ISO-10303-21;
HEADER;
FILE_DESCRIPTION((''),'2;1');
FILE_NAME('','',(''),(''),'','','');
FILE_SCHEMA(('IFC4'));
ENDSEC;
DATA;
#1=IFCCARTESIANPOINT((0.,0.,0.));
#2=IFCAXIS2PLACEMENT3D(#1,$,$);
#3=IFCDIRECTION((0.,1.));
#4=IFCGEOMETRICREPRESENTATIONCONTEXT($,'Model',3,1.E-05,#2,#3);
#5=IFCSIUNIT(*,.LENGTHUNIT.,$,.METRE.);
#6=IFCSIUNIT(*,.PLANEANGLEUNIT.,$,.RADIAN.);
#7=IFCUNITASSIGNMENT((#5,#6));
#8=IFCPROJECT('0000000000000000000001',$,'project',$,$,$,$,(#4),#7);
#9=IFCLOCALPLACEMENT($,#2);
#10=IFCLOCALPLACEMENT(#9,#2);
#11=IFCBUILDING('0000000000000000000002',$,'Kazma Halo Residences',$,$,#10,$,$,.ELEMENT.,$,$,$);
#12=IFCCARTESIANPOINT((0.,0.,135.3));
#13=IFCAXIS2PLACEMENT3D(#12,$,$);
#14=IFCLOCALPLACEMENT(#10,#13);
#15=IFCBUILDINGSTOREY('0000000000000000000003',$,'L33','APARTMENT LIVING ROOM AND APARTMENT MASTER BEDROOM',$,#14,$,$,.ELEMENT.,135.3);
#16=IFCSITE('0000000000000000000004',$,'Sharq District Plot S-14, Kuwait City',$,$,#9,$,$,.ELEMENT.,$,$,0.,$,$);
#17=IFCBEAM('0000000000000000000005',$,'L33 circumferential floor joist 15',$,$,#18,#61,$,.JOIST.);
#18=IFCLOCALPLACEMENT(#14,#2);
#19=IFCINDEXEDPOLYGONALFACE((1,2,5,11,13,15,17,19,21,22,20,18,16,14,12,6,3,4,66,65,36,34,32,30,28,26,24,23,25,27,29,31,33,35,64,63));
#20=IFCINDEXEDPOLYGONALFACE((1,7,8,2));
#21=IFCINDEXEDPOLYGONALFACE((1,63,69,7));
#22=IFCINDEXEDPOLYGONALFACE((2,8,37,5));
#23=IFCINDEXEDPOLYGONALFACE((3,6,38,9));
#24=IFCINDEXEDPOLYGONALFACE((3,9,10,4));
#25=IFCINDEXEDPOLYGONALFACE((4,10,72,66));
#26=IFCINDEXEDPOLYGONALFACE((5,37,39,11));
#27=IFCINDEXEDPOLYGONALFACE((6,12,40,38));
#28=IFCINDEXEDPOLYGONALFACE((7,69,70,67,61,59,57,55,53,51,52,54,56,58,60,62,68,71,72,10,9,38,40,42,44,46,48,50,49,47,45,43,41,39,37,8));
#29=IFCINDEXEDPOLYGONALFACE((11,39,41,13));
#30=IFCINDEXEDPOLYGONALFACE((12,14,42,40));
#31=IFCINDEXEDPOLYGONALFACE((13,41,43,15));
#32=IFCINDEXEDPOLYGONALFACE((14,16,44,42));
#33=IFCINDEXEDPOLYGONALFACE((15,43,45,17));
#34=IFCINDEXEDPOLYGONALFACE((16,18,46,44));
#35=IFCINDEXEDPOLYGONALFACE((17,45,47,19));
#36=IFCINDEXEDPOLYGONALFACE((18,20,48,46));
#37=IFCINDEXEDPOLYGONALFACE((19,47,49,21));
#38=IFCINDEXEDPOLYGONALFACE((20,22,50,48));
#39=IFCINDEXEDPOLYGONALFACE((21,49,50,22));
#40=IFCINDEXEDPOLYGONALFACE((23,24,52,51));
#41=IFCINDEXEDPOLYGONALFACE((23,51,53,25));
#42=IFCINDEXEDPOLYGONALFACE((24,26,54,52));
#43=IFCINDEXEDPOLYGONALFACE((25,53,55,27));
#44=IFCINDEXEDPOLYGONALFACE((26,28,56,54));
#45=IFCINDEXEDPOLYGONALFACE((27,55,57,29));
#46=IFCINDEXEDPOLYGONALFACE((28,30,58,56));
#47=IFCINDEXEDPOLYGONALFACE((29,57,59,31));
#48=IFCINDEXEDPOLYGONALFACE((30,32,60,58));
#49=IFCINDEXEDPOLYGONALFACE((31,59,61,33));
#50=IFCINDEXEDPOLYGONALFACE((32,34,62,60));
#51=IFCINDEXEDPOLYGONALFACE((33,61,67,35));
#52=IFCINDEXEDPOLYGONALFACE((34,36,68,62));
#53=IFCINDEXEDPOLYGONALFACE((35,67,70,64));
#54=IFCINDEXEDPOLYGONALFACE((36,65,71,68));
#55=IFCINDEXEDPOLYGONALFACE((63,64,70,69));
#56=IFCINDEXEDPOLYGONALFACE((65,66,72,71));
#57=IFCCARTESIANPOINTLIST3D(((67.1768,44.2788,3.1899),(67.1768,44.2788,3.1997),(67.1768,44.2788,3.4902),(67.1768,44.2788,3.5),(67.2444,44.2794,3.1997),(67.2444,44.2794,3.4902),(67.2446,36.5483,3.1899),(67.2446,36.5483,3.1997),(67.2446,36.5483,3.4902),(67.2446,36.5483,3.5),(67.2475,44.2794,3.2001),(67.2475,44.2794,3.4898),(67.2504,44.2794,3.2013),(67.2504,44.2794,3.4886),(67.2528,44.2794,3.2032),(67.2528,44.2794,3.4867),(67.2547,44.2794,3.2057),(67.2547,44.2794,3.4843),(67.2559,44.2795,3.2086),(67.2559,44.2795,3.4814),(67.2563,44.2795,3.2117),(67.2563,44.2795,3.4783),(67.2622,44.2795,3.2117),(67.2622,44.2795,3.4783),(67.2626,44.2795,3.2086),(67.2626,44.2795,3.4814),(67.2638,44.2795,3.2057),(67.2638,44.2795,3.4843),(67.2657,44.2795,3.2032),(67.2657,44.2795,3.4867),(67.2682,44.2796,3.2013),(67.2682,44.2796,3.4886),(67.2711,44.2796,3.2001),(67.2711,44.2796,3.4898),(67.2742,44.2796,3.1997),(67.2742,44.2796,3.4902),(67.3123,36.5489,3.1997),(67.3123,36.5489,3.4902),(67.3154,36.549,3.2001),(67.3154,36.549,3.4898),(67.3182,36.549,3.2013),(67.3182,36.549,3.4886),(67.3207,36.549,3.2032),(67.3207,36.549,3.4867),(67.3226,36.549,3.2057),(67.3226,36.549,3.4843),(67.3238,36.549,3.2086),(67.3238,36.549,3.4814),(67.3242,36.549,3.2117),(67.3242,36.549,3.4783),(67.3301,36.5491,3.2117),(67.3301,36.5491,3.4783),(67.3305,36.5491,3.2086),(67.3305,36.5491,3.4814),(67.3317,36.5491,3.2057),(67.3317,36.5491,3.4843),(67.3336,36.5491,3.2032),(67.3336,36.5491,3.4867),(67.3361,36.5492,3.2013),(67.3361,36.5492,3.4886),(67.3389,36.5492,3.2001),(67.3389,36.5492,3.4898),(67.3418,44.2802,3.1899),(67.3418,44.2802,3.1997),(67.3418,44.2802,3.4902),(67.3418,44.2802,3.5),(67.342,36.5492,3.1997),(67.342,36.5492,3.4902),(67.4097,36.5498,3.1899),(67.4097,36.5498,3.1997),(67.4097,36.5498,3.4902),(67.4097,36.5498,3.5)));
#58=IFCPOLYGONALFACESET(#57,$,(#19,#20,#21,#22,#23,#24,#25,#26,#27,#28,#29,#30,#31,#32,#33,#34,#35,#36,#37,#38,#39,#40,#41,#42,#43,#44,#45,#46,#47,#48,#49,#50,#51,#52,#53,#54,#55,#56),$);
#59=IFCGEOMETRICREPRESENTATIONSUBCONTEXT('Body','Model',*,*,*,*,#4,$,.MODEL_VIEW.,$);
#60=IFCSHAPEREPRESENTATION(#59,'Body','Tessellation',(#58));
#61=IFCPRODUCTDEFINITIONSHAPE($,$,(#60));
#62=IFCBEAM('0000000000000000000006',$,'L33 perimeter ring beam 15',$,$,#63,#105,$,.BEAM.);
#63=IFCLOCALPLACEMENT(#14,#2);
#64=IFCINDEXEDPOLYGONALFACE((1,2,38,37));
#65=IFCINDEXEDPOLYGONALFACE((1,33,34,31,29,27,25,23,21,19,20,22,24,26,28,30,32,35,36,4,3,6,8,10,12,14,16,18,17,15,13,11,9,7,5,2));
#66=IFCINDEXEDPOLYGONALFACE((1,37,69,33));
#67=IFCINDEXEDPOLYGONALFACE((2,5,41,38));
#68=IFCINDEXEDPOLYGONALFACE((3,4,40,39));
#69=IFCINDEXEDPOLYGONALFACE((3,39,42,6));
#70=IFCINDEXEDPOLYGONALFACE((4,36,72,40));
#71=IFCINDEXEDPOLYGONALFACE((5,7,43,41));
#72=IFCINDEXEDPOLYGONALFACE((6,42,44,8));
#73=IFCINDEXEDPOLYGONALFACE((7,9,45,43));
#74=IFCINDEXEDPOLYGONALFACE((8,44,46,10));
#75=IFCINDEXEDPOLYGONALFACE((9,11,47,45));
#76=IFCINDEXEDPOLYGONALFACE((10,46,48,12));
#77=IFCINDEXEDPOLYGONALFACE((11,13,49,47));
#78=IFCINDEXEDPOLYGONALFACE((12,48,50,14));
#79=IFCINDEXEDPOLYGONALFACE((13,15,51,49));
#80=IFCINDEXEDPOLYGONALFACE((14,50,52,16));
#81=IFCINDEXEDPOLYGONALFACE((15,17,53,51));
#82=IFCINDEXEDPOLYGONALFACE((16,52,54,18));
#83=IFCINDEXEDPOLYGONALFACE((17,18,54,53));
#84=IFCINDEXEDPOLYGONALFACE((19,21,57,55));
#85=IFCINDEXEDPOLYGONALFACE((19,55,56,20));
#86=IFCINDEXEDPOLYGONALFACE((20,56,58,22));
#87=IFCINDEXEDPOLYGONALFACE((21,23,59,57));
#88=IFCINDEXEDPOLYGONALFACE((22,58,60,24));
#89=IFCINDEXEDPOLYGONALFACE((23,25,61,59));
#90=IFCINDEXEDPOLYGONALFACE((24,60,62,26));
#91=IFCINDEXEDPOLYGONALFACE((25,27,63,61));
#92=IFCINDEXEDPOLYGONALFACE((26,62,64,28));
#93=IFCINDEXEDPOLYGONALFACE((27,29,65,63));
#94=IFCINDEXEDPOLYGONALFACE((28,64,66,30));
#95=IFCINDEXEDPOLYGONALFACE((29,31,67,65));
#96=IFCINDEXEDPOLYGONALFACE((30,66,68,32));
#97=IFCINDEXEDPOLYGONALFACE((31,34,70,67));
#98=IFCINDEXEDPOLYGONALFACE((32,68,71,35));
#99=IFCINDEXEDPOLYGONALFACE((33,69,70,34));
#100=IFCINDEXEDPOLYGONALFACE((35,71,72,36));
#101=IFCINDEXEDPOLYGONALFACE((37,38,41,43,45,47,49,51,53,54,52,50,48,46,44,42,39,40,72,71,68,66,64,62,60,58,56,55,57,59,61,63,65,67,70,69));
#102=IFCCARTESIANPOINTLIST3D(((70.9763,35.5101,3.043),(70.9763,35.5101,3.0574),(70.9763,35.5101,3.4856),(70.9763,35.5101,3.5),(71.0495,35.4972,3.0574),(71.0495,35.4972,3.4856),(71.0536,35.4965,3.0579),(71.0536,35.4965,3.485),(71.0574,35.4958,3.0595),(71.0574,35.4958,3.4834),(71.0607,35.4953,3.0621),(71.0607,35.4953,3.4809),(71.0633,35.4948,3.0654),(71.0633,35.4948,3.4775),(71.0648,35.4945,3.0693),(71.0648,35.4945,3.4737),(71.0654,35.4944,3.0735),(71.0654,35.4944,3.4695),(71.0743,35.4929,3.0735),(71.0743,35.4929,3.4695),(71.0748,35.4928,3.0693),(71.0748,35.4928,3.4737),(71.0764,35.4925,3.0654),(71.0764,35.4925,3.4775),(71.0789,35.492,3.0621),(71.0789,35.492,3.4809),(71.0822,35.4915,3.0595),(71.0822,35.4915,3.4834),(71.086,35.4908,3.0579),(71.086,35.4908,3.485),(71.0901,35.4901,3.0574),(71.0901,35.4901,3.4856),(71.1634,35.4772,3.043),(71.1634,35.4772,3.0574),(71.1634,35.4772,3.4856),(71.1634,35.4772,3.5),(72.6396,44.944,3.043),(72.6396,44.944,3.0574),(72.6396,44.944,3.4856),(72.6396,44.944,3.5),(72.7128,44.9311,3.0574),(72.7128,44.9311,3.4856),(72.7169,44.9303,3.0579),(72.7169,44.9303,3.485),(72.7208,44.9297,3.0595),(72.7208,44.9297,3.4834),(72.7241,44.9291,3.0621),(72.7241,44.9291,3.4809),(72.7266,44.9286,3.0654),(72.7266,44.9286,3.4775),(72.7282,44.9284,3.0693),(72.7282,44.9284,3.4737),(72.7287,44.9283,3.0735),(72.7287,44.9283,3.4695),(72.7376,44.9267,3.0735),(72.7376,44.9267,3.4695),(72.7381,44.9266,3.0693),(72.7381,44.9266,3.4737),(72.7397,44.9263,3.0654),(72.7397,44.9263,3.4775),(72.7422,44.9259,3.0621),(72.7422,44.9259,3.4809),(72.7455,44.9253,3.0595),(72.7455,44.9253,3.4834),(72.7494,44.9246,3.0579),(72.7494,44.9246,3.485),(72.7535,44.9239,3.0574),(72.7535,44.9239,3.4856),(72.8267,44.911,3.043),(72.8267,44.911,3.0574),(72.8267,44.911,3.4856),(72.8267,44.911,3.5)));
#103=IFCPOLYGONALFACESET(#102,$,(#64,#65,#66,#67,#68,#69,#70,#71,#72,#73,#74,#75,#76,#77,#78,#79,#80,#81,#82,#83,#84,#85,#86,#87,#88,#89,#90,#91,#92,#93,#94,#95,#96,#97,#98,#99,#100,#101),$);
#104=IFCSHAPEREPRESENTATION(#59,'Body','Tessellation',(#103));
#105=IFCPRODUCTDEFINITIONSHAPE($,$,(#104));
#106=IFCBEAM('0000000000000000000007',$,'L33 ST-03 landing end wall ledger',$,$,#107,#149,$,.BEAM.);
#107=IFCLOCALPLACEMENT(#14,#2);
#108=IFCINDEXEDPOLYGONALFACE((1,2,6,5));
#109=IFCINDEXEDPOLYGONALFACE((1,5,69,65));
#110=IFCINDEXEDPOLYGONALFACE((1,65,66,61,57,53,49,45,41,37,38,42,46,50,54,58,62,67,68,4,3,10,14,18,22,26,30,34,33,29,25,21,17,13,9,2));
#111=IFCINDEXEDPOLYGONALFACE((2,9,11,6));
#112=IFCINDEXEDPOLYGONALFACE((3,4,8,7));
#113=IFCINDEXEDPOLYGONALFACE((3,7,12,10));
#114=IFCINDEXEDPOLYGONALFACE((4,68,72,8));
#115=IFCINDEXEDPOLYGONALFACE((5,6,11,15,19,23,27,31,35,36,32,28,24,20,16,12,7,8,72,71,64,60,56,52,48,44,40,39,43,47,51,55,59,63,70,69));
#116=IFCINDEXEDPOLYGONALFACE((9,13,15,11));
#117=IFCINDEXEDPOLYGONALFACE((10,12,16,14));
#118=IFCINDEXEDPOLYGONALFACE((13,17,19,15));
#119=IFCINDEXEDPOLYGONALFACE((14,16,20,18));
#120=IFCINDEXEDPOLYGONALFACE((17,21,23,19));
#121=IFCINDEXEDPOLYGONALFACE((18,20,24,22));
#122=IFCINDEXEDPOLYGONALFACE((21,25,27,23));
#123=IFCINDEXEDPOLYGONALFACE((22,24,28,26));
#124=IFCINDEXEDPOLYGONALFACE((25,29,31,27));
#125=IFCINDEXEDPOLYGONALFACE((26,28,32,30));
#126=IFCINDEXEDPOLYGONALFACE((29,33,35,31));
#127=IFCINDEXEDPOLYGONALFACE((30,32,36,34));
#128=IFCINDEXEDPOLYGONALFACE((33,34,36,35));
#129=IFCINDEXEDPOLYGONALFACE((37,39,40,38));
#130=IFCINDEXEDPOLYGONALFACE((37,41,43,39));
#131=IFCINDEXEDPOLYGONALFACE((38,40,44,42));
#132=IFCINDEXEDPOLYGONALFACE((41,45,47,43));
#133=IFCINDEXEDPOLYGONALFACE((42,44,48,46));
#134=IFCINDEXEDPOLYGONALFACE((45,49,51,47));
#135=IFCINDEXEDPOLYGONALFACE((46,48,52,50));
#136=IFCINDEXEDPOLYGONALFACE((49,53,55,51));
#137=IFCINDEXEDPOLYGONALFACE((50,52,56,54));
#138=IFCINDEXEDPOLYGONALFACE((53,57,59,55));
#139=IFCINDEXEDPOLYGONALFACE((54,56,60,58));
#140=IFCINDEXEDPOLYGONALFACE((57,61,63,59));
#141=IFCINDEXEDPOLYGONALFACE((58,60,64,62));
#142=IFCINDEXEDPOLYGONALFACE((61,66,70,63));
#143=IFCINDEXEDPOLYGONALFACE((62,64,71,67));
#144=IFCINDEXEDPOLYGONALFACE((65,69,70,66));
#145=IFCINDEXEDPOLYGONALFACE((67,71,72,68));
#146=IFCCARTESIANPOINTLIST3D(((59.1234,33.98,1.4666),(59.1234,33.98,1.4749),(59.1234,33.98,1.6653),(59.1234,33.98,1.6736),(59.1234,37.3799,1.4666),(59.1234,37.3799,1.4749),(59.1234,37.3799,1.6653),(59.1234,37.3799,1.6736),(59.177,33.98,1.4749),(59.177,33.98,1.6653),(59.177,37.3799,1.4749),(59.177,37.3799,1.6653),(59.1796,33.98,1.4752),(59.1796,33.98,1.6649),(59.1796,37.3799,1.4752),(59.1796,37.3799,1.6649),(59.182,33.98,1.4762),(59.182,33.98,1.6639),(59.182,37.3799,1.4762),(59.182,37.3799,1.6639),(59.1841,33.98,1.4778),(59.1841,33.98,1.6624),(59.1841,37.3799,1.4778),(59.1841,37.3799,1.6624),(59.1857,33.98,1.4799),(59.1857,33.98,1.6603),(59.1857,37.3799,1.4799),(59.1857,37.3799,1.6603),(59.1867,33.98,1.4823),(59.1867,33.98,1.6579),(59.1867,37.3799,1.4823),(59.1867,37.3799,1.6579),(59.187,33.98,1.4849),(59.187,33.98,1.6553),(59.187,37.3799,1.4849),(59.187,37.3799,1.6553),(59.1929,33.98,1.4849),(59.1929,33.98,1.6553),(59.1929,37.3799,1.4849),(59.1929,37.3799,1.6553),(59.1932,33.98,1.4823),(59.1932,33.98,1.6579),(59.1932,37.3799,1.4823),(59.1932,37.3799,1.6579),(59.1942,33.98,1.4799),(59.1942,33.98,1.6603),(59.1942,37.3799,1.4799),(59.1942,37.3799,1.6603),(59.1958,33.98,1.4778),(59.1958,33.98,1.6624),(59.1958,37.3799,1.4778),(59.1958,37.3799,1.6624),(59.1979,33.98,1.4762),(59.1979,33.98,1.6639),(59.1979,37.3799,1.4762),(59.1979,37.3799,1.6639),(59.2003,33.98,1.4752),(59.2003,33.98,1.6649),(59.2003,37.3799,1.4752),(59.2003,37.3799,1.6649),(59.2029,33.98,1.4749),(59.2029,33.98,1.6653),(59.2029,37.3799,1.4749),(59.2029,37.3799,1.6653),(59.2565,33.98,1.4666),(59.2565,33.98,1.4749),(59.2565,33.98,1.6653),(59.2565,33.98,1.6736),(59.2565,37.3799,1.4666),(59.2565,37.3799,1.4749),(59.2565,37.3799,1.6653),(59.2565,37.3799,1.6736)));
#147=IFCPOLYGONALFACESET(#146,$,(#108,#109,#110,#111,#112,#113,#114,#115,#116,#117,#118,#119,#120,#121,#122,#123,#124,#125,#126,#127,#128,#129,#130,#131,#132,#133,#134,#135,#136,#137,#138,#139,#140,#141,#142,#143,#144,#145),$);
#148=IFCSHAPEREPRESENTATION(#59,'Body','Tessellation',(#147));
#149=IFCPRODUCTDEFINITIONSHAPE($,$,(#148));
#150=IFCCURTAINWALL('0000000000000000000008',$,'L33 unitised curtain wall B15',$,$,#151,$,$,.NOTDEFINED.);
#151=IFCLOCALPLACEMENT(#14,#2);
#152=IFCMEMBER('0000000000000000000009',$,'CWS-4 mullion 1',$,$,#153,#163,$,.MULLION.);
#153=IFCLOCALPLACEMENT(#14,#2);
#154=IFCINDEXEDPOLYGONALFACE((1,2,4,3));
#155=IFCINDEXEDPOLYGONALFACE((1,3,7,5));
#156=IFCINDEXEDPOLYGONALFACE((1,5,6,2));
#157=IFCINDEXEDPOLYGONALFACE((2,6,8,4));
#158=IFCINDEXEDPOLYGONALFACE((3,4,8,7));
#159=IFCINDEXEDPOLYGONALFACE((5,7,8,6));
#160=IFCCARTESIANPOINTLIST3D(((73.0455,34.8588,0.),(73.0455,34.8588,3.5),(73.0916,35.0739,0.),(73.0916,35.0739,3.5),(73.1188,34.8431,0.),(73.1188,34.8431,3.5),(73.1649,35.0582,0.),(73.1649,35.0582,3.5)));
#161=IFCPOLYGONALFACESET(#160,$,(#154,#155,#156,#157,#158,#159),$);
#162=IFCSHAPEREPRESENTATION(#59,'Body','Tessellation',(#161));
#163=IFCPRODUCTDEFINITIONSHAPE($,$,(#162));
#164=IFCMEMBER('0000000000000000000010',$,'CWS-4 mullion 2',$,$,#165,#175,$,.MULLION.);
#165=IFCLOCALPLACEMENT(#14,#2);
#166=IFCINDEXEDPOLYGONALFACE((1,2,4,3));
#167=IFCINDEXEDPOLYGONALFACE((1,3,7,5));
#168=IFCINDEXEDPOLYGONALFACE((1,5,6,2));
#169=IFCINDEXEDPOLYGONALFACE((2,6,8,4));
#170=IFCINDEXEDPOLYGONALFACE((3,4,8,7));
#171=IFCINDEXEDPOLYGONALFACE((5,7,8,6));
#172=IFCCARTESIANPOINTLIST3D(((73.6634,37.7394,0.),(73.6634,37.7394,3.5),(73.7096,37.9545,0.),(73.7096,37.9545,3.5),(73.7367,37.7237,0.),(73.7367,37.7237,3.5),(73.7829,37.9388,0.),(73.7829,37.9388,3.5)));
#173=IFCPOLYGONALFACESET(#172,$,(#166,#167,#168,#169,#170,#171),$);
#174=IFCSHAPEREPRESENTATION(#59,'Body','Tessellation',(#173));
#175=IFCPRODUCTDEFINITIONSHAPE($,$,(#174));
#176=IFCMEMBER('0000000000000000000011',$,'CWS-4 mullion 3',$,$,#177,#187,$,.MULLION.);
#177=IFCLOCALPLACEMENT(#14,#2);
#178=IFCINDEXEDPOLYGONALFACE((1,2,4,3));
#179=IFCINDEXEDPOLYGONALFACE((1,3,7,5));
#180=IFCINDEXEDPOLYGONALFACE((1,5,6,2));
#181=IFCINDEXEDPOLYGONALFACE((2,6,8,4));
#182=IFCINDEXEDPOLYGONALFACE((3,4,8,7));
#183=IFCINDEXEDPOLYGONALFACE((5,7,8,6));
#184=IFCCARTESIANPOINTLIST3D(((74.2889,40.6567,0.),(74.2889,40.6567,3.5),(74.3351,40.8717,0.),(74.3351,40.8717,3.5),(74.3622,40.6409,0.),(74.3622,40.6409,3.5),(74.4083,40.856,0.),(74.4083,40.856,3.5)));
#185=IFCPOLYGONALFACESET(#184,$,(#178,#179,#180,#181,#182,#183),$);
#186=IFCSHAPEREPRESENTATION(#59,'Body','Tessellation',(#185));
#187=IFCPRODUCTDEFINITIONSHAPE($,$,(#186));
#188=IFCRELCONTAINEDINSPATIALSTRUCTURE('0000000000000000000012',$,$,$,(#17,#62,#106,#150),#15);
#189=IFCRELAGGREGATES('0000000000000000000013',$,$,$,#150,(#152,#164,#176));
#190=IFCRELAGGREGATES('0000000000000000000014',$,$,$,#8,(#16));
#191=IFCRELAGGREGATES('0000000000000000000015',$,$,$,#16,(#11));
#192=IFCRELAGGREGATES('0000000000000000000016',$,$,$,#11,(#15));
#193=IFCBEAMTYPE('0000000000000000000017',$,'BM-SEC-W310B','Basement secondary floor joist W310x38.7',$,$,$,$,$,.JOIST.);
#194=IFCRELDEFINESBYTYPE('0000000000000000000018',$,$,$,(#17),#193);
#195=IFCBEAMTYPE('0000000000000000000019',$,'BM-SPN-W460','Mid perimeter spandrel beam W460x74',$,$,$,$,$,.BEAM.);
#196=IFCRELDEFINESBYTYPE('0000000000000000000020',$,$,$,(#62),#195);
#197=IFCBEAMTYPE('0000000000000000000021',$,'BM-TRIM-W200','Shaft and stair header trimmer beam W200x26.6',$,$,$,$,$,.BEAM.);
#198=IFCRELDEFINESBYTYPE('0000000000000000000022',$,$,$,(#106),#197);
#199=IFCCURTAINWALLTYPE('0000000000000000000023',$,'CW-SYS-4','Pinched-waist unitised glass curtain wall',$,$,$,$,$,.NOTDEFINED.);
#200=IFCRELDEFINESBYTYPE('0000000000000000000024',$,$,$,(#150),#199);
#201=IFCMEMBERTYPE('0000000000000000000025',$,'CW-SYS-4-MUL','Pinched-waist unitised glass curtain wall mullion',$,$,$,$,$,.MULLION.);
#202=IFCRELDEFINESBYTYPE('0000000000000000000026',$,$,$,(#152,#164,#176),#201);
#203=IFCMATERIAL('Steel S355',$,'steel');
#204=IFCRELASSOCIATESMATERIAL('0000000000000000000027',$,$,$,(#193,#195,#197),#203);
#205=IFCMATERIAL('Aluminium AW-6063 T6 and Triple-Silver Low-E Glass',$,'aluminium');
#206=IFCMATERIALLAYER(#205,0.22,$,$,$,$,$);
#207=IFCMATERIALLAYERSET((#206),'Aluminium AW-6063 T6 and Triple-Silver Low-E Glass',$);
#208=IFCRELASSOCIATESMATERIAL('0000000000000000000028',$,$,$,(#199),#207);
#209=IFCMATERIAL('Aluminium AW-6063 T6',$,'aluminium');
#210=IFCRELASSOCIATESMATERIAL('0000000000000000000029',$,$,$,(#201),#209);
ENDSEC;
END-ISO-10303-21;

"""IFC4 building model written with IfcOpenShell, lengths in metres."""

from ifc_helpers import new_model, si_unit, direction, frame, origin, origin_2d, place, context, subcontext, project, spatial, rectangle, i_section, extrude, material, layer, layer_set, material_profile, profile_set, type_object, element, aggregate, save


model = new_model("IFC4")

# Units and contexts
model_context = context("Model", 3, precision=1e-05, world=origin(), true_north=direction((0.0, 1.0)))
body_context = subcontext(model_context, "Body", "Model", "MODEL_VIEW")
ifc_project = project(units=[si_unit("LENGTHUNIT", "METRE"), si_unit("PLANEANGLEUNIT", "RADIAN")], contexts=[model_context])

# Site, building, storey
site_placement = place(None, origin())
site = spatial("IfcSite", under=ifc_project, at=site_placement, Name="Sharq District Plot S-14, Kuwait City", CompositionType="ELEMENT", RefElevation=0.0)
building_placement = place(site_placement, origin())
building = spatial("IfcBuilding", under=site, at=building_placement, Name="Kazma Halo Residences", CompositionType="ELEMENT")
storey_placement = place(building_placement, frame((0.0, 0.0, 135.3)))
storey = spatial("IfcBuildingStorey", under=building, at=storey_placement, Name="L33", Description="APARTMENT LIVING ROOM AND APARTMENT MASTER BEDROOM", CompositionType="ELEMENT", Elevation=135.3)

# Beams
ifc_material_1 = material(Name="Steel S355", Category="steel")
ifc_material_profile_1 = material_profile(ifc_material_1, i_section(OverallWidth=0.165, OverallDepth=0.3101, WebThickness=0.0059, FlangeThickness=0.0098, FilletRadius=0.012, at=origin_2d()), Name="W310x38.7")
ifc_profile_set_1 = profile_set([ifc_material_profile_1], Name="Steel S355")
beam_type_1 = type_object("IfcBeamType", Name="BM-SEC-W310B", Description="Basement secondary floor joist W310x38.7", PredefinedType="JOIST", material=ifc_profile_set_1)
beam_1_placement = place(storey_placement, frame((67.3271, 36.5491, 3.345), z_axis=(-0.008779, 0.999961, 0.0), x_axis=(-0.999961, -0.008779, 0.0)))
element("IfcBeam", 1, at=beam_1_placement, inside=storey, type_object=beam_type_1, Name="L33 circumferential floor joist 15", PredefinedType="JOIST", context=body_context, shape_type="SweptSolid", body=[
    extrude(i_section(OverallWidth=0.165, OverallDepth=0.3101, WebThickness=0.0059, FlangeThickness=0.0098, FilletRadius=0.012, at=origin_2d()), origin(), (0.0, 0.0, 1.0), 7.7307),
])
ifc_material_profile_2 = material_profile(ifc_material_1, i_section(OverallWidth=0.1899, OverallDepth=0.457, WebThickness=0.009, FlangeThickness=0.0144, FilletRadius=0.0161, at=origin_2d()), Name="W460x74")
ifc_profile_set_2 = profile_set([ifc_material_profile_2], Name="Steel S355")
beam_type_2 = type_object("IfcBeamType", Name="BM-SPN-W460", Description="Mid perimeter spandrel beam W460x74", PredefinedType="BEAM", material=ifc_profile_set_2)
beam_2_placement = place(storey_placement, frame((71.0698, 35.4937, 3.2715), z_axis=(0.173637, 0.98481, 0.0), x_axis=(-0.98481, 0.173637, 0.0)))
element("IfcBeam", 2, at=beam_2_placement, inside=storey, type_object=beam_type_2, Name="L33 perimeter ring beam 15", PredefinedType="BEAM", context=body_context, shape_type="SweptSolid", body=[
    extrude(i_section(OverallWidth=0.1899, OverallDepth=0.457, WebThickness=0.009, FlangeThickness=0.0144, FilletRadius=0.0161, at=origin_2d()), origin(), (0.0, 0.0, 1.0), 9.5793),
])
ifc_material_profile_3 = material_profile(ifc_material_1, i_section(OverallWidth=0.1331, OverallDepth=0.207, WebThickness=0.0059, FlangeThickness=0.0083, FilletRadius=0.01, at=origin_2d()), Name="W200x26.6")
ifc_profile_set_3 = profile_set([ifc_material_profile_3], Name="Steel S355")
beam_type_3 = type_object("IfcBeamType", Name="BM-TRIM-W200", Description="Shaft and stair header trimmer beam W200x26.6", PredefinedType="BEAM", material=ifc_profile_set_3)
beam_3_placement = place(storey_placement, frame((59.1899, 33.98, 1.5701), z_axis=(0.0, 1.0, 0.0), x_axis=(-1.0, 0.0, 0.0)))
element("IfcBeam", 3, at=beam_3_placement, inside=storey, type_object=beam_type_3, Name="L33 ST-03 landing end wall ledger", PredefinedType="BEAM", context=body_context, shape_type="SweptSolid", body=[
    extrude(i_section(OverallWidth=0.1331, OverallDepth=0.207, WebThickness=0.0059, FlangeThickness=0.0083, FilletRadius=0.01, at=origin_2d()), origin(), (0.0, 0.0, 1.0), 3.3999),
])

# Curtain wall, members
ifc_material_2 = material(Name="Aluminium AW-6063 T6 and Triple-Silver Low-E Glass", Category="aluminium")
ifc_layer_1 = layer(ifc_material_2, 0.22)
ifc_layer_set_1 = layer_set([ifc_layer_1], Name="Aluminium AW-6063 T6 and Triple-Silver Low-E Glass")
curtain_wall_type = type_object("IfcCurtainWallType", Name="CW-SYS-4", Description="Pinched-waist unitised glass curtain wall", PredefinedType="NOTDEFINED", material=ifc_layer_set_1)
curtain_wall_placement = place(storey_placement, origin())
curtain_wall = element("IfcCurtainWall", 4, at=curtain_wall_placement, inside=storey, type_object=curtain_wall_type, Name="L33 unitised curtain wall B15", PredefinedType="NOTDEFINED")
ifc_material_3 = material(Name="Aluminium AW-6063 T6", Category="aluminium")
ifc_material_profile_4 = material_profile(ifc_material_3, rectangle(XDim=0.075, YDim=0.22, at=origin_2d()), Name="CWM-75x220")
ifc_profile_set_4 = profile_set([ifc_material_profile_4], Name="Aluminium AW-6063 T6")
member_type_1 = type_object("IfcMemberType", Name="CW-SYS-4-MUL", Description="Pinched-waist unitised glass curtain wall mullion", PredefinedType="MULLION", material=ifc_profile_set_4)
member_1_placement = place(storey_placement, frame((73.1052, 34.9585, 0.0), z_axis=(0.0, 0.0, 1.0), x_axis=(-0.977765, 0.209704, 0.0)))
member_1 = element("IfcMember", 5, at=member_1_placement, type_object=member_type_1, Name="CWS-4 mullion 1", PredefinedType="MULLION", context=body_context, shape_type="SweptSolid", body=[
    extrude(rectangle(XDim=0.075, YDim=0.22, at=origin_2d()), origin(), (0.0, 0.0, 1.0), 3.5),
])
member_2_placement = place(storey_placement, frame((73.7231, 37.8391, 0.0), z_axis=(0.0, 0.0, 1.0), x_axis=(-0.977765, 0.209704, 0.0)))
member_2 = element("IfcMember", 6, at=member_2_placement, type_object=member_type_1, Name="CWS-4 mullion 2", PredefinedType="MULLION", context=body_context, shape_type="SweptSolid", body=[
    extrude(rectangle(XDim=0.075, YDim=0.22, at=origin_2d()), origin(), (0.0, 0.0, 1.0), 3.5),
])
member_3_placement = place(storey_placement, frame((74.3486, 40.7563, 0.0), z_axis=(0.0, 0.0, 1.0), x_axis=(-0.977765, 0.209704, 0.0)))
member_3 = element("IfcMember", 7, at=member_3_placement, type_object=member_type_1, Name="CWS-4 mullion 3", PredefinedType="MULLION", context=body_context, shape_type="SweptSolid", body=[
    extrude(rectangle(XDim=0.075, YDim=0.22, at=origin_2d()), origin(), (0.0, 0.0, 1.0), 3.5),
])
aggregate(curtain_wall, [member_1, member_2, member_3])

save(model, "model.ifc")
